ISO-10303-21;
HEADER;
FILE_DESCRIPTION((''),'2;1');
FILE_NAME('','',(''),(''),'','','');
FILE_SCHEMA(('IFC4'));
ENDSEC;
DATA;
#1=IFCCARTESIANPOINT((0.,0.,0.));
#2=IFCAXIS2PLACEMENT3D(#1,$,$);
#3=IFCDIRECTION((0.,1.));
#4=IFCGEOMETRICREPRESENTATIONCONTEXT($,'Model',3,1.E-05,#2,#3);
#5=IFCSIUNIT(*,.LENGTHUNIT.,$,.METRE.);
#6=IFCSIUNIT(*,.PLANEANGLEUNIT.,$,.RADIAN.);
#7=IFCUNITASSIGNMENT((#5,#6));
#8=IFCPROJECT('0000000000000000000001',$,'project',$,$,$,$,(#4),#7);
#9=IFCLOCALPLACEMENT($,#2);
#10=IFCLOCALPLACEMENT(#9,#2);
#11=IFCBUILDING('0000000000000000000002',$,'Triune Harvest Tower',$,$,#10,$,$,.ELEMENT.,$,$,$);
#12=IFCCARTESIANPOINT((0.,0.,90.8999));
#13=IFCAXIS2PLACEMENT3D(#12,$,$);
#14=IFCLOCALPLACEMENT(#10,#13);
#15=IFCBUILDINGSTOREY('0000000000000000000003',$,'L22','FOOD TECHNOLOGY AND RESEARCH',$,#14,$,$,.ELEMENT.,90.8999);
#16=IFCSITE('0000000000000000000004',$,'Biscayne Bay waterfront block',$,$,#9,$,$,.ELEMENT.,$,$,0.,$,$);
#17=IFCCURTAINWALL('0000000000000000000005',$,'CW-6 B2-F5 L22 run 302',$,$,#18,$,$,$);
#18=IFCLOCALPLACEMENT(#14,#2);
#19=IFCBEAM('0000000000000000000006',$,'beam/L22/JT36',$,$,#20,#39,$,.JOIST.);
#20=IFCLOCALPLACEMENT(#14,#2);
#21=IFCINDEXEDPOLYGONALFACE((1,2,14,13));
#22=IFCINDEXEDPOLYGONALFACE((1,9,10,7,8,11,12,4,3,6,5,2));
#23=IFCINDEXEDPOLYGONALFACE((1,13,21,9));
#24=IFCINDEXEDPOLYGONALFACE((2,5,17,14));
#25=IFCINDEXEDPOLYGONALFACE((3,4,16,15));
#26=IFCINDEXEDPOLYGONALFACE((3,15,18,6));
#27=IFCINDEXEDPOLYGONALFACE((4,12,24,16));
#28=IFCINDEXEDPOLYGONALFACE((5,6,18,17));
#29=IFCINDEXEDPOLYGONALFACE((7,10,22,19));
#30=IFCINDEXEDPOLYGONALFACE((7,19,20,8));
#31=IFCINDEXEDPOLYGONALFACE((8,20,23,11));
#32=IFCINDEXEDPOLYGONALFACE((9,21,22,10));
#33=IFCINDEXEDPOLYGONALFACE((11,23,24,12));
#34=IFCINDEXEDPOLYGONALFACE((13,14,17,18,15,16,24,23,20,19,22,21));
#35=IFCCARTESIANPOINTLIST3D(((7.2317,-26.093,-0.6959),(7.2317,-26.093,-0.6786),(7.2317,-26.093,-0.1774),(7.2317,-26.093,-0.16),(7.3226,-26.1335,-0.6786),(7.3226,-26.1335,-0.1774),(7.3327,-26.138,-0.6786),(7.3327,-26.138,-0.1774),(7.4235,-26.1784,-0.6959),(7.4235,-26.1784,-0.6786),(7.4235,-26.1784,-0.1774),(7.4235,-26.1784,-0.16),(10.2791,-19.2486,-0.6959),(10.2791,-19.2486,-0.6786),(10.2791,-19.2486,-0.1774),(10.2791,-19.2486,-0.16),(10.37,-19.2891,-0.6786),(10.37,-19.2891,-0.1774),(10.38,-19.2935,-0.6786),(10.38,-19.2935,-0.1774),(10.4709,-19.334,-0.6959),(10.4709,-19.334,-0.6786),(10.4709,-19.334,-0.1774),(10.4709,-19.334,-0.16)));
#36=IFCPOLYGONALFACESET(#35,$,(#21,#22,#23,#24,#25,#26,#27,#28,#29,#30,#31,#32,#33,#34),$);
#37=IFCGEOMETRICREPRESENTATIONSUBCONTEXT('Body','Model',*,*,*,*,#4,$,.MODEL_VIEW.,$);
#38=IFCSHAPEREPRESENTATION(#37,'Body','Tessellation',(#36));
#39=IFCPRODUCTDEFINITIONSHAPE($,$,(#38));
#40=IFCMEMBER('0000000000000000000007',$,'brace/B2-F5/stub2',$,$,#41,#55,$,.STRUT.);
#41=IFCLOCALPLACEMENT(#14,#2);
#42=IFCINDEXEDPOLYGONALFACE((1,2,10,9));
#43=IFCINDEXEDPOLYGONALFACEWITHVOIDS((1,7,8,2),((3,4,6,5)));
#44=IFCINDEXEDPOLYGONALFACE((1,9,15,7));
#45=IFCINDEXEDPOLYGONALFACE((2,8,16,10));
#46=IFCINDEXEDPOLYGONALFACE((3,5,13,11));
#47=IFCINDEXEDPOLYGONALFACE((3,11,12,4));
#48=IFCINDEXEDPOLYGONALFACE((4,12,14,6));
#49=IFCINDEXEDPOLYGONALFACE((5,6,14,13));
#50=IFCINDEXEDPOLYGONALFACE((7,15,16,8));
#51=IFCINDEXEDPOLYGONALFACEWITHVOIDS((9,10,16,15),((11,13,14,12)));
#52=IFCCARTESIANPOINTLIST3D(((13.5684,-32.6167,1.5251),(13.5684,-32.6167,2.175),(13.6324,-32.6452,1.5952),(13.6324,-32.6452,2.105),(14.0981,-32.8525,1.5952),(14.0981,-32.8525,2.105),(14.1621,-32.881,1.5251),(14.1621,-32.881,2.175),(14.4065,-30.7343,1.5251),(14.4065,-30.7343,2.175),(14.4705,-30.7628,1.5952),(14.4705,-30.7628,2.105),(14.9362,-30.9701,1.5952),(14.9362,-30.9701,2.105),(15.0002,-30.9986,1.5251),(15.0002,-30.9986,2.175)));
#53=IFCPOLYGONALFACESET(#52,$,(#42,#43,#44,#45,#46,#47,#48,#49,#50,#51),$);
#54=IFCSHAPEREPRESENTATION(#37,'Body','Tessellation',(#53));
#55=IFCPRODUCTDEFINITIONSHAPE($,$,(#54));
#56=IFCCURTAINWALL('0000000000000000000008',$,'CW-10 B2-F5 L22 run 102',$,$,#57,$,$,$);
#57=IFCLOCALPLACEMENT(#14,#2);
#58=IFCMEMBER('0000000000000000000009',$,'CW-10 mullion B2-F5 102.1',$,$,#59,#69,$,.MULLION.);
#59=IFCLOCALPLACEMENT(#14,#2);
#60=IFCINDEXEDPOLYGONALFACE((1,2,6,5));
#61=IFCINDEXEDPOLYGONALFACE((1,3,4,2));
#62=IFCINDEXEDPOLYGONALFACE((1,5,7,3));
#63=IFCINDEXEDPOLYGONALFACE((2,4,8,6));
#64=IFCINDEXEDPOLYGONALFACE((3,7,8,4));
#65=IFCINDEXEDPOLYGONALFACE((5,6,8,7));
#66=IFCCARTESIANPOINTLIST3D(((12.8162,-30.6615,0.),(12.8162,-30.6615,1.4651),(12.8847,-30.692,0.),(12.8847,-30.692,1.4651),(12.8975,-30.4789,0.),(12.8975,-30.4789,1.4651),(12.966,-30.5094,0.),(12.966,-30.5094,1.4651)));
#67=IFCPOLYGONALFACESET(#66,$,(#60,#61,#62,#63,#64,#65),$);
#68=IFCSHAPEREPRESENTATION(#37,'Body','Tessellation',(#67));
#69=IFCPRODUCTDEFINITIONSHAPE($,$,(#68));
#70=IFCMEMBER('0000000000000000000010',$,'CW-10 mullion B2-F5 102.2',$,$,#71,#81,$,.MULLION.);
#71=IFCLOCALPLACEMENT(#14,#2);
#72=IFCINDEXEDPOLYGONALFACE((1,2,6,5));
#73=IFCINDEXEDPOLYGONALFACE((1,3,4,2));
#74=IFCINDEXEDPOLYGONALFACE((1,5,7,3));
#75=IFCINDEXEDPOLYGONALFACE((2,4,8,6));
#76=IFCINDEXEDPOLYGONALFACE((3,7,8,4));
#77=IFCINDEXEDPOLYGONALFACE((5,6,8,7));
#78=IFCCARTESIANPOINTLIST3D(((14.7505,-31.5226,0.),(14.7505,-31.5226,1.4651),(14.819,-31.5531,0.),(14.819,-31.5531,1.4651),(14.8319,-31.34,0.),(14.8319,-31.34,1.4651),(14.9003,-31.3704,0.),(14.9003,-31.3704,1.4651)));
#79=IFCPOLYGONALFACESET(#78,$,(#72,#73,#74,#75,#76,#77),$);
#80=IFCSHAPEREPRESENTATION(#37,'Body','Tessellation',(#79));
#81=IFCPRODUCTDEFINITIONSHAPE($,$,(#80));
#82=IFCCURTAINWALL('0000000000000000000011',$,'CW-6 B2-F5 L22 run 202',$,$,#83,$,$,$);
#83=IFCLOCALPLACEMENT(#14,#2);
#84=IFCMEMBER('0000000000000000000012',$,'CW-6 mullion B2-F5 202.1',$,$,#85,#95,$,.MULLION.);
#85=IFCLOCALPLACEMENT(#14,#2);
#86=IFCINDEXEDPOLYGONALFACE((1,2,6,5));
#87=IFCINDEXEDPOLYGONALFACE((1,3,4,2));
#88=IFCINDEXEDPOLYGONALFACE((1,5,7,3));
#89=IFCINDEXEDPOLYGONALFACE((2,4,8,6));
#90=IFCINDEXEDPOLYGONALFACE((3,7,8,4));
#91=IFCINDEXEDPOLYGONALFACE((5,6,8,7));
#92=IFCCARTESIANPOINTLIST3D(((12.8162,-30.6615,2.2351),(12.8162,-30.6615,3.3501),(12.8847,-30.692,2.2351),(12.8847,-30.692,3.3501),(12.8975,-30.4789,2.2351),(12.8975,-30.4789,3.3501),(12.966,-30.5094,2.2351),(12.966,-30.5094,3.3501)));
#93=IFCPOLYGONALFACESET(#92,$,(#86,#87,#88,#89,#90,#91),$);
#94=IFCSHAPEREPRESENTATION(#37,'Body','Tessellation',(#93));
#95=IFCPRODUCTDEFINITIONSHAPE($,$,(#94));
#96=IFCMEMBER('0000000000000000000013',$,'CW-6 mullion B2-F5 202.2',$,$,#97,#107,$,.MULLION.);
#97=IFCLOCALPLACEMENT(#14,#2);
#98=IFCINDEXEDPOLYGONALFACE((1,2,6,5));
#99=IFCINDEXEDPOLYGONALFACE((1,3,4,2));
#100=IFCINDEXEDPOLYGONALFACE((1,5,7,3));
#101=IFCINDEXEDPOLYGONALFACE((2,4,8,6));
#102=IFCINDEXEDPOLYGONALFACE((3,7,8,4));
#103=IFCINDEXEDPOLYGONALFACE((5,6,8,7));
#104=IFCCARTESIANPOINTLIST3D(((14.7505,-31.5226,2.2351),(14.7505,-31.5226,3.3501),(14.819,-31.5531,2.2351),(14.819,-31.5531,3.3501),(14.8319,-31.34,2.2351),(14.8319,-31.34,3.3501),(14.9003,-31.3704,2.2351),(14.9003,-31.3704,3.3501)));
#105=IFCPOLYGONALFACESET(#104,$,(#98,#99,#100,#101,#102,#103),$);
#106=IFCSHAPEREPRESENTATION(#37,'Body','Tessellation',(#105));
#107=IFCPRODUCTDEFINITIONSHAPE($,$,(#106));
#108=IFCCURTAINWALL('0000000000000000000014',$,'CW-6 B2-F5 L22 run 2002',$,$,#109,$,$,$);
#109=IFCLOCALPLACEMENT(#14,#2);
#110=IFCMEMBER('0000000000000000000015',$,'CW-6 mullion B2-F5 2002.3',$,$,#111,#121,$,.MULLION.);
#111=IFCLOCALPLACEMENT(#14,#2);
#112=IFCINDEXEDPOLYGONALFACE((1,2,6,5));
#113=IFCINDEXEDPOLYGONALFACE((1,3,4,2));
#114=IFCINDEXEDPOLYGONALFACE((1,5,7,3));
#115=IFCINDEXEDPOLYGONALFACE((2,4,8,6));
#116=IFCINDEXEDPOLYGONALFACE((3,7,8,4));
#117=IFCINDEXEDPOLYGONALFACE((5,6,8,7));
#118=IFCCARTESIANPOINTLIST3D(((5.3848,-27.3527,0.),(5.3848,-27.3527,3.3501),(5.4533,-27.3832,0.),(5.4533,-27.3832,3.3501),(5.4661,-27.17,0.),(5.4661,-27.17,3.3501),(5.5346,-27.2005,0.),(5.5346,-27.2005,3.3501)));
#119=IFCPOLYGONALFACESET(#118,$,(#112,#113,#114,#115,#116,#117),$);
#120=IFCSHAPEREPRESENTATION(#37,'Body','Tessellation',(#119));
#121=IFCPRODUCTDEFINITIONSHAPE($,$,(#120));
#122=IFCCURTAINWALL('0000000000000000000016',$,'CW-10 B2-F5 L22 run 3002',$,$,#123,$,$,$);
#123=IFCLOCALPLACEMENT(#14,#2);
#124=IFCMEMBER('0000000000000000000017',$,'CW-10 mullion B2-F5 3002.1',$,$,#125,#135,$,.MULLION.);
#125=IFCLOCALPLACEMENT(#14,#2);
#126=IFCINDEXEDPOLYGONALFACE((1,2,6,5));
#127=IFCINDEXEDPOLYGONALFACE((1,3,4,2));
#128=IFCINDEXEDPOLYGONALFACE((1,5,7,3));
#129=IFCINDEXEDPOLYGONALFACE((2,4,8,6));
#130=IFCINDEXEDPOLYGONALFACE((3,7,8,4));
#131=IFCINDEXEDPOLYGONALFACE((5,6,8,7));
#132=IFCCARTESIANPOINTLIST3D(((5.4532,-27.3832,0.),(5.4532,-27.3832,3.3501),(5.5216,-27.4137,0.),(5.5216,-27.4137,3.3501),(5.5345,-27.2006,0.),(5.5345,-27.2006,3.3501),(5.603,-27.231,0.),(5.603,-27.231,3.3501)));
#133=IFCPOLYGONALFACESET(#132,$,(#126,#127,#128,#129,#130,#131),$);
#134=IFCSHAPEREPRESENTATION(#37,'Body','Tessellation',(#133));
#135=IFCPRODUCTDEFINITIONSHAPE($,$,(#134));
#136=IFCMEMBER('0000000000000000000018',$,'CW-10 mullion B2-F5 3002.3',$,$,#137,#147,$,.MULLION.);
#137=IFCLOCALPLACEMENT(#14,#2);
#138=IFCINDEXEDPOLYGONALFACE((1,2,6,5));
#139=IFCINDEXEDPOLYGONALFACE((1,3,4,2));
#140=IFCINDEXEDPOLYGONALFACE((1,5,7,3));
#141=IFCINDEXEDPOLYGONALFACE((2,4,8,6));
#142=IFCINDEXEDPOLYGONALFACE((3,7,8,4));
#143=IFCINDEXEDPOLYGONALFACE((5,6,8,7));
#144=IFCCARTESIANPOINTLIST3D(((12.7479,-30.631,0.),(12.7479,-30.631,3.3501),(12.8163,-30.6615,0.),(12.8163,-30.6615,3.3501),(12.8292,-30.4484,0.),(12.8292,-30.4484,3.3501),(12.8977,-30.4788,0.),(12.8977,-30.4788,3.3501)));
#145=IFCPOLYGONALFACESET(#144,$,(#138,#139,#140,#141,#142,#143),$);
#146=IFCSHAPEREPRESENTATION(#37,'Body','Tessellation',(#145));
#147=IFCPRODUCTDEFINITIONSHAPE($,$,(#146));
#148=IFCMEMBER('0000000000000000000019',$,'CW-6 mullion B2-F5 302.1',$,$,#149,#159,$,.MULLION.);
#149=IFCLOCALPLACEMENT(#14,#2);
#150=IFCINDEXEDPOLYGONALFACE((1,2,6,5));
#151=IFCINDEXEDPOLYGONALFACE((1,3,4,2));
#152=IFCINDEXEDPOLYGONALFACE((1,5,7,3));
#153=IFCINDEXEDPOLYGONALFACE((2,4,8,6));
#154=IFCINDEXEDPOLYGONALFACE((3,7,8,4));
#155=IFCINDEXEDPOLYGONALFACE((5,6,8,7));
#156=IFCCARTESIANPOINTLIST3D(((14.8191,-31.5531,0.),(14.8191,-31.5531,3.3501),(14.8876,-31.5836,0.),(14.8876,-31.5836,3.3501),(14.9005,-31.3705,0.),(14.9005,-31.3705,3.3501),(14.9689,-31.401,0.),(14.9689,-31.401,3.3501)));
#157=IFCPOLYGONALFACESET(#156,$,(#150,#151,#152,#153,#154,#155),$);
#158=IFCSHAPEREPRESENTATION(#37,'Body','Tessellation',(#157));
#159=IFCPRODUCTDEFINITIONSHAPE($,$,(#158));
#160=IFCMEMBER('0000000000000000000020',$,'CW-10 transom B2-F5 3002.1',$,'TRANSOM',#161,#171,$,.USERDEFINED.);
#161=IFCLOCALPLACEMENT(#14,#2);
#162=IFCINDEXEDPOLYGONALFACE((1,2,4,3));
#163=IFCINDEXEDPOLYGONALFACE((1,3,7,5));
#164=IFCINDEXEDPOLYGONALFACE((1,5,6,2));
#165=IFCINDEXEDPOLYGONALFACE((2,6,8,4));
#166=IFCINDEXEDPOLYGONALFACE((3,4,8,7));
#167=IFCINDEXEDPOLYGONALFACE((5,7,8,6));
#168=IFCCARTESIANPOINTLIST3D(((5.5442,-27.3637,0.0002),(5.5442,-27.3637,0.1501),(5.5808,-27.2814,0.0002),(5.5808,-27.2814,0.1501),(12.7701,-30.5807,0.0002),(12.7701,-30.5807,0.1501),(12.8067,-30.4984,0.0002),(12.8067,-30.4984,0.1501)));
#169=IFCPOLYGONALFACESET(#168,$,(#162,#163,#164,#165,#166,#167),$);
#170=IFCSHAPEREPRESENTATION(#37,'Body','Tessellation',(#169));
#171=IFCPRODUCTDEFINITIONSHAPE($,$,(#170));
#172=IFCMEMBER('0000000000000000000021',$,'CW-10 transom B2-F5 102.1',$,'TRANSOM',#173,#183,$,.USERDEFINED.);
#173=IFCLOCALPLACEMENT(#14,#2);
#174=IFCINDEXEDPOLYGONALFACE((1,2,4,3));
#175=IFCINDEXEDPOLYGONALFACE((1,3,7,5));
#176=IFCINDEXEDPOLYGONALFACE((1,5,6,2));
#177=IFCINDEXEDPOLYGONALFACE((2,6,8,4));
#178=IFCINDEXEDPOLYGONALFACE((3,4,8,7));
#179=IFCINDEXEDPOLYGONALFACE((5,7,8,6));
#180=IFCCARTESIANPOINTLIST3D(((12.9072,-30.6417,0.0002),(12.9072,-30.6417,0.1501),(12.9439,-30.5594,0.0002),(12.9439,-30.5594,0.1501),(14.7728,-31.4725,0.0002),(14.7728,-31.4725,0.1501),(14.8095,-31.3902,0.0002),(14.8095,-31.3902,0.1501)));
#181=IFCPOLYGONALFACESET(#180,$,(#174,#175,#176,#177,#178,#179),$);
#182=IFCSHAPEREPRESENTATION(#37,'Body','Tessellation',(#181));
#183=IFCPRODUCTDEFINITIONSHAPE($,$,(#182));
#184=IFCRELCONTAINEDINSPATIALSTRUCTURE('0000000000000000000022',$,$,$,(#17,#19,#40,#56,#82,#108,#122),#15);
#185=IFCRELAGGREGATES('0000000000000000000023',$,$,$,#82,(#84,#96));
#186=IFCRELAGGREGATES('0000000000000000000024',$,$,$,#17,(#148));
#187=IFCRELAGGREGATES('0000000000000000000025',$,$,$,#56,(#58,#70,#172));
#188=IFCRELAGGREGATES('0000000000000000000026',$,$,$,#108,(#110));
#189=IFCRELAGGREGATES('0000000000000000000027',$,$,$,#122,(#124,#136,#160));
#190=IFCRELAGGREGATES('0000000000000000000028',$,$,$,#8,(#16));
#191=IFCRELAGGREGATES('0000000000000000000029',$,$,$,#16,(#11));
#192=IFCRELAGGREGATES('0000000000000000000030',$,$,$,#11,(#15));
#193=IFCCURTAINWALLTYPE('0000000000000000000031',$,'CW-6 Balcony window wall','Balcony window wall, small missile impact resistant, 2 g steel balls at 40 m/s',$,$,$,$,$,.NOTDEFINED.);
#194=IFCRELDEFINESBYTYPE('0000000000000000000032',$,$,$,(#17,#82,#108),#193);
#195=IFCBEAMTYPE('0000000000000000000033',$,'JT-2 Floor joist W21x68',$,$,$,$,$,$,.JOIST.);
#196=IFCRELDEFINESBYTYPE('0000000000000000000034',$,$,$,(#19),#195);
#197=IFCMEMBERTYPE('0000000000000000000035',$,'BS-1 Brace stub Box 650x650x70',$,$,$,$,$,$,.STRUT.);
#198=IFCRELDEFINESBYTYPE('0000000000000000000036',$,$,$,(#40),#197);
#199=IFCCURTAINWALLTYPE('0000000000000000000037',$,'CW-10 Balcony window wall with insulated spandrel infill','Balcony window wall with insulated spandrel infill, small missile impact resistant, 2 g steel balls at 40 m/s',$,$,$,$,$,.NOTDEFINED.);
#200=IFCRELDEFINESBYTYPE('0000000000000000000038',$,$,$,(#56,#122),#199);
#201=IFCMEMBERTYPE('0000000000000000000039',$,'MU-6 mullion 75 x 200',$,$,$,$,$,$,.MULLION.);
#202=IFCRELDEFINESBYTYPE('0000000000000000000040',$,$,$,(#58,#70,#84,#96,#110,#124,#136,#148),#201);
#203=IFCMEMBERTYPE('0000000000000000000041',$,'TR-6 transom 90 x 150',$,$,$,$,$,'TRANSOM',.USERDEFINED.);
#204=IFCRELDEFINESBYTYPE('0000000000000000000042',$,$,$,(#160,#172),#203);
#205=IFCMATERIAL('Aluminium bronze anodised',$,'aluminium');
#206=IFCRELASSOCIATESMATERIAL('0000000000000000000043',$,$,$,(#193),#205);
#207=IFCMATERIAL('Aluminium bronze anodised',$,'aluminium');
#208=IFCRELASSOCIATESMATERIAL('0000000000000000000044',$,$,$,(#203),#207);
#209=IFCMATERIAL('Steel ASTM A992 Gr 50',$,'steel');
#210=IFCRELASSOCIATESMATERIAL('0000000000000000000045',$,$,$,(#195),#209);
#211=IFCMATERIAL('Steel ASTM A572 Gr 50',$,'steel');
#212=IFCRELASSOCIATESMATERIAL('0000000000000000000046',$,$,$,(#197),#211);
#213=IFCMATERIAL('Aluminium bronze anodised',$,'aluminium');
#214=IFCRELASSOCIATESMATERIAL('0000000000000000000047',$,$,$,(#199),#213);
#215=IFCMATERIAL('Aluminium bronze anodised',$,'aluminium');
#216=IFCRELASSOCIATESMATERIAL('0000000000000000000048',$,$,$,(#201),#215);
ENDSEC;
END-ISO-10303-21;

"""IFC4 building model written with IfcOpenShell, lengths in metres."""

from ifc_helpers import new_model, si_unit, direction, frame, origin, origin_2d, place, context, subcontext, project, spatial, rectangle, hollow_rectangle, i_section, extrude, source, transform, mapped, material, material_profile, profile_set, type_object, element, aggregate, save


model = new_model("IFC4")

# Units and contexts
model_context = context("Model", 3, precision=1e-05, world=origin(), true_north=direction((0.0, 1.0)))
body_context = subcontext(model_context, "Body", "Model", "MODEL_VIEW")
ifc_project = project(units=[si_unit("LENGTHUNIT", "METRE"), si_unit("PLANEANGLEUNIT", "RADIAN")], contexts=[model_context])

# Site, building, storey
site_placement = place(None, origin())
site = spatial("IfcSite", under=ifc_project, at=site_placement, Name="Biscayne Bay waterfront block", CompositionType="ELEMENT", RefElevation=0.0)
building_placement = place(site_placement, origin())
building = spatial("IfcBuilding", under=site, at=building_placement, Name="Triune Harvest Tower", CompositionType="ELEMENT")
storey_placement = place(building_placement, frame((0.0, 0.0, 90.8999)))
storey = spatial("IfcBuildingStorey", under=building, at=storey_placement, Name="L22", Description="FOOD TECHNOLOGY AND RESEARCH", CompositionType="ELEMENT", Elevation=90.8999)

# Curtain wall
ifc_material_1 = material(Name="Aluminium bronze anodised", Category="aluminium")
curtain_wall_type_1 = type_object("IfcCurtainWallType", Name="CW-6 Balcony window wall", Description="Balcony window wall, small missile impact resistant, 2 g steel balls at 40 m/s", PredefinedType="NOTDEFINED", material=ifc_material_1)
curtain_wall_1_placement = place(storey_placement, origin())
curtain_wall_1 = element("IfcCurtainWall", 1, at=curtain_wall_1_placement, inside=storey, type_object=curtain_wall_type_1, Name="CW-6 B2-F5 L22 run 302")
ifc_material_2 = material(Name="Aluminium bronze anodised", Category="aluminium")
ifc_material_profile_1 = material_profile(ifc_material_2, rectangle(XDim=0.0901, YDim=0.1499, at=origin_2d()), Name="TR-6 transom 90 x 150")
ifc_profile_set_1 = profile_set([ifc_material_profile_1], Name="Aluminium bronze anodised")
member_type_1 = type_object("IfcMemberType", Name="TR-6 transom 90 x 150", ElementType="TRANSOM", PredefinedType="USERDEFINED", material=ifc_profile_set_1)

# Beam
ifc_material_3 = material(Name="Steel ASTM A992 Gr 50", Category="steel")
ifc_material_profile_2 = material_profile(ifc_material_3, i_section(OverallWidth=0.21, OverallDepth=0.5359, WebThickness=0.011, FlangeThickness=0.0173, at=origin_2d()), Name="W21x68")
ifc_profile_set_2 = profile_set([ifc_material_profile_2], Name="Steel ASTM A992 Gr 50")
beam_type_1 = type_object("IfcBeamType", Name="JT-2 Floor joist W21x68", PredefinedType="JOIST", material=ifc_profile_set_2)
shared_shape_1 = source(origin(), body_context, "Body", "SweptSolid", [
    extrude(i_section(OverallWidth=0.21, OverallDepth=0.5359, WebThickness=0.011, FlangeThickness=0.0173, at=origin_2d()), origin(), (0.0, 0.0, 1.0), 7.4922),
])
beam_1_placement = place(storey_placement, frame((7.3276, -26.1357, -0.428), z_axis=(0.406737, 0.913545, 0.0), x_axis=(-0.913545, 0.406737, 0.0)))
element("IfcBeam", 2, at=beam_1_placement, inside=storey, type_object=beam_type_1, Name="beam/L22/JT36", PredefinedType="JOIST", context=body_context, shape_type="MappedRepresentation", body=[
    mapped(shared_shape_1, transform((0.0, 0.0, 0.0), scale=1.0)),
])

# Member
ifc_material_4 = material(Name="Steel ASTM A572 Gr 50", Category="steel")
ifc_material_profile_3 = material_profile(ifc_material_4, hollow_rectangle(XDim=0.6499, YDim=0.6499, WallThickness=0.0701, at=origin_2d()), Name="Box 650x650x70")
ifc_profile_set_3 = profile_set([ifc_material_profile_3], Name="Steel ASTM A572 Gr 50")
member_type_2 = type_object("IfcMemberType", Name="BS-1 Brace stub Box 650x650x70", PredefinedType="STRUT", material=ifc_profile_set_3)
shared_shape_2 = source(origin(), body_context, "Body", "SweptSolid", [
    extrude(hollow_rectangle(XDim=0.6499, YDim=0.6499, WallThickness=0.0701, at=origin_2d()), origin(), (0.0, 0.0, 1.0), 2.0605),
])
member_1_placement = place(storey_placement, frame((14.7034, -30.8665, 1.8501), z_axis=(-0.406765, -0.913533, 0.0), x_axis=(0.913533, -0.406765, 0.0)))
element("IfcMember", 3, at=member_1_placement, inside=storey, type_object=member_type_2, Name="brace/B2-F5/stub2", PredefinedType="STRUT", context=body_context, shape_type="MappedRepresentation", body=[
    mapped(shared_shape_2, transform((0.0, 0.0, 0.0), scale=1.0)),
])

# Curtain walls, members
ifc_material_5 = material(Name="Aluminium bronze anodised", Category="aluminium")
curtain_wall_type_2 = type_object("IfcCurtainWallType", Name="CW-10 Balcony window wall with insulated spandrel infill", Description="Balcony window wall with insulated spandrel infill, small missile impact resistant, 2 g steel balls at 40 m/s", PredefinedType="NOTDEFINED", material=ifc_material_5)
curtain_wall_2_placement = place(storey_placement, origin())
curtain_wall_2 = element("IfcCurtainWall", 4, at=curtain_wall_2_placement, inside=storey, type_object=curtain_wall_type_2, Name="CW-10 B2-F5 L22 run 102")
ifc_material_6 = material(Name="Aluminium bronze anodised", Category="aluminium")
ifc_material_profile_4 = material_profile(ifc_material_6, rectangle(XDim=0.2, YDim=0.075, at=origin_2d()), Name="MU-6 mullion 75 x 200")
ifc_profile_set_4 = profile_set([ifc_material_profile_4], Name="Aluminium bronze anodised")
member_type_3 = type_object("IfcMemberType", Name="MU-6 mullion 75 x 200", PredefinedType="MULLION", material=ifc_profile_set_4)
shared_shape_3 = source(origin(), body_context, "Body", "SweptSolid", [
    extrude(rectangle(XDim=0.2, YDim=0.075, at=origin_2d()), origin(), (0.0, 0.0, 1.0), 1.4651),
])
member_2_placement = place(storey_placement, frame((12.8911, -30.5854, 0.0), z_axis=(0.0, 0.0, 1.0), x_axis=(0.406735, 0.913546, 0.0)))
member_2 = element("IfcMember", 5, at=member_2_placement, type_object=member_type_3, Name="CW-10 mullion B2-F5 102.1", PredefinedType="MULLION", context=body_context, shape_type="MappedRepresentation", body=[
    mapped(shared_shape_3, transform((0.0, 0.0, 0.0), scale=1.0)),
])
member_3_placement = place(storey_placement, frame((14.8254, -31.4465, 0.0), z_axis=(0.0, 0.0, 1.0), x_axis=(0.406735, 0.913546, 0.0)))
member_3 = element("IfcMember", 6, at=member_3_placement, type_object=member_type_3, Name="CW-10 mullion B2-F5 102.2", PredefinedType="MULLION", context=body_context, shape_type="MappedRepresentation", body=[
    mapped(shared_shape_3, transform((0.0, 0.0, 0.0), scale=1.0)),
])
curtain_wall_3_placement = place(storey_placement, origin())
curtain_wall_3 = element("IfcCurtainWall", 7, at=curtain_wall_3_placement, inside=storey, type_object=curtain_wall_type_1, Name="CW-6 B2-F5 L22 run 202")
shared_shape_4 = source(origin(), body_context, "Body", "SweptSolid", [
    extrude(rectangle(XDim=0.2, YDim=0.075, at=origin_2d()), origin(), (0.0, 0.0, 1.0), 1.115),
])
member_4_placement = place(storey_placement, frame((12.8911, -30.5854, 2.2351), z_axis=(0.0, 0.0, 1.0), x_axis=(0.406735, 0.913546, 0.0)))
member_4 = element("IfcMember", 8, at=member_4_placement, type_object=member_type_3, Name="CW-6 mullion B2-F5 202.1", PredefinedType="MULLION", context=body_context, shape_type="MappedRepresentation", body=[
    mapped(shared_shape_4, transform((0.0, 0.0, 0.0), scale=1.0)),
])
member_5_placement = place(storey_placement, frame((14.8254, -31.4465, 2.2351), z_axis=(0.0, 0.0, 1.0), x_axis=(0.406735, 0.913546, 0.0)))
member_5 = element("IfcMember", 9, at=member_5_placement, type_object=member_type_3, Name="CW-6 mullion B2-F5 202.2", PredefinedType="MULLION", context=body_context, shape_type="MappedRepresentation", body=[
    mapped(shared_shape_4, transform((0.0, 0.0, 0.0), scale=1.0)),
])

# Curtain wall, member
curtain_wall_4_placement = place(storey_placement, origin())
curtain_wall_4 = element("IfcCurtainWall", 10, at=curtain_wall_4_placement, inside=storey, type_object=curtain_wall_type_1, Name="CW-6 B2-F5 L22 run 2002")
shared_shape_5 = source(origin(), body_context, "Body", "SweptSolid", [
    extrude(rectangle(XDim=0.2, YDim=0.075, at=origin_2d()), origin(), (0.0, 0.0, 1.0), 3.3501),
])
member_6_placement = place(storey_placement, frame((5.4597, -27.2766, 0.0), z_axis=(0.0, 0.0, 1.0), x_axis=(0.406739, 0.913544, 0.0)))
member_6 = element("IfcMember", 11, at=member_6_placement, type_object=member_type_3, Name="CW-6 mullion B2-F5 2002.3", PredefinedType="MULLION", context=body_context, shape_type="MappedRepresentation", body=[
    mapped(shared_shape_5, transform((0.0, 0.0, 0.0), scale=1.0)),
])

# Curtain wall, members
curtain_wall_5_placement = place(storey_placement, origin())
curtain_wall_5 = element("IfcCurtainWall", 12, at=curtain_wall_5_placement, inside=storey, type_object=curtain_wall_type_2, Name="CW-10 B2-F5 L22 run 3002")
member_7_placement = place(storey_placement, frame((5.5281, -27.3071, 0.0), z_axis=(0.0, 0.0, 1.0), x_axis=(0.406735, 0.913546, 0.0)))
member_7 = element("IfcMember", 13, at=member_7_placement, type_object=member_type_3, Name="CW-10 mullion B2-F5 3002.1", PredefinedType="MULLION", context=body_context, shape_type="MappedRepresentation", body=[
    mapped(shared_shape_5, transform((0.0, 0.0, 0.0), scale=1.0)),
])
member_8_placement = place(storey_placement, frame((12.8228, -30.5549, 0.0), z_axis=(0.0, 0.0, 1.0), x_axis=(0.406735, 0.913546, 0.0)))
member_8 = element("IfcMember", 14, at=member_8_placement, type_object=member_type_3, Name="CW-10 mullion B2-F5 3002.3", PredefinedType="MULLION", context=body_context, shape_type="MappedRepresentation", body=[
    mapped(shared_shape_5, transform((0.0, 0.0, 0.0), scale=1.0)),
])

# Members
member_9_placement = place(storey_placement, frame((14.894, -31.4771, 0.0), z_axis=(0.0, 0.0, 1.0), x_axis=(0.406754, 0.913538, 0.0)))
member_9 = element("IfcMember", 15, at=member_9_placement, type_object=member_type_3, Name="CW-6 mullion B2-F5 302.1", PredefinedType="MULLION", context=body_context, shape_type="MappedRepresentation", body=[
    mapped(shared_shape_5, transform((0.0, 0.0, 0.0), scale=1.0)),
])
shared_shape_6 = source(origin(), body_context, "Body", "SweptSolid", [
    extrude(rectangle(XDim=0.0901, YDim=0.1499, at=origin_2d()), origin(), (0.0, 0.0, 1.0), 7.9097),
])
member_10_placement = place(storey_placement, frame((5.5625, -27.3225, 0.0752), z_axis=(0.91355, -0.406725, 0.0), x_axis=(0.406725, 0.91355, 0.0)))
member_10 = element("IfcMember", 16, at=member_10_placement, type_object=member_type_1, Name="CW-10 transom B2-F5 3002.1", ObjectType="TRANSOM", PredefinedType="USERDEFINED", context=body_context, shape_type="MappedRepresentation", body=[
    mapped(shared_shape_6, transform((0.0, 0.0, 0.0), scale=1.0)),
])
shared_shape_7 = source(origin(), body_context, "Body", "SweptSolid", [
    extrude(rectangle(XDim=0.0901, YDim=0.1499, at=origin_2d()), origin(), (0.0, 0.0, 1.0), 2.0422),
])
member_11_placement = place(storey_placement, frame((12.9255, -30.6006, 0.0752), z_axis=(0.91352, -0.406793, 0.0), x_axis=(0.406793, 0.91352, 0.0)))
member_11 = element("IfcMember", 17, at=member_11_placement, type_object=member_type_1, Name="CW-10 transom B2-F5 102.1", ObjectType="TRANSOM", PredefinedType="USERDEFINED", context=body_context, shape_type="MappedRepresentation", body=[
    mapped(shared_shape_7, transform((0.0, 0.0, 0.0), scale=1.0)),
])

aggregate(curtain_wall_3, [member_4, member_5])
aggregate(curtain_wall_1, [member_9])
aggregate(curtain_wall_2, [member_2, member_3, member_11])
aggregate(curtain_wall_4, [member_6])
aggregate(curtain_wall_5, [member_7, member_8, member_10])

save(model, "model.ifc")
